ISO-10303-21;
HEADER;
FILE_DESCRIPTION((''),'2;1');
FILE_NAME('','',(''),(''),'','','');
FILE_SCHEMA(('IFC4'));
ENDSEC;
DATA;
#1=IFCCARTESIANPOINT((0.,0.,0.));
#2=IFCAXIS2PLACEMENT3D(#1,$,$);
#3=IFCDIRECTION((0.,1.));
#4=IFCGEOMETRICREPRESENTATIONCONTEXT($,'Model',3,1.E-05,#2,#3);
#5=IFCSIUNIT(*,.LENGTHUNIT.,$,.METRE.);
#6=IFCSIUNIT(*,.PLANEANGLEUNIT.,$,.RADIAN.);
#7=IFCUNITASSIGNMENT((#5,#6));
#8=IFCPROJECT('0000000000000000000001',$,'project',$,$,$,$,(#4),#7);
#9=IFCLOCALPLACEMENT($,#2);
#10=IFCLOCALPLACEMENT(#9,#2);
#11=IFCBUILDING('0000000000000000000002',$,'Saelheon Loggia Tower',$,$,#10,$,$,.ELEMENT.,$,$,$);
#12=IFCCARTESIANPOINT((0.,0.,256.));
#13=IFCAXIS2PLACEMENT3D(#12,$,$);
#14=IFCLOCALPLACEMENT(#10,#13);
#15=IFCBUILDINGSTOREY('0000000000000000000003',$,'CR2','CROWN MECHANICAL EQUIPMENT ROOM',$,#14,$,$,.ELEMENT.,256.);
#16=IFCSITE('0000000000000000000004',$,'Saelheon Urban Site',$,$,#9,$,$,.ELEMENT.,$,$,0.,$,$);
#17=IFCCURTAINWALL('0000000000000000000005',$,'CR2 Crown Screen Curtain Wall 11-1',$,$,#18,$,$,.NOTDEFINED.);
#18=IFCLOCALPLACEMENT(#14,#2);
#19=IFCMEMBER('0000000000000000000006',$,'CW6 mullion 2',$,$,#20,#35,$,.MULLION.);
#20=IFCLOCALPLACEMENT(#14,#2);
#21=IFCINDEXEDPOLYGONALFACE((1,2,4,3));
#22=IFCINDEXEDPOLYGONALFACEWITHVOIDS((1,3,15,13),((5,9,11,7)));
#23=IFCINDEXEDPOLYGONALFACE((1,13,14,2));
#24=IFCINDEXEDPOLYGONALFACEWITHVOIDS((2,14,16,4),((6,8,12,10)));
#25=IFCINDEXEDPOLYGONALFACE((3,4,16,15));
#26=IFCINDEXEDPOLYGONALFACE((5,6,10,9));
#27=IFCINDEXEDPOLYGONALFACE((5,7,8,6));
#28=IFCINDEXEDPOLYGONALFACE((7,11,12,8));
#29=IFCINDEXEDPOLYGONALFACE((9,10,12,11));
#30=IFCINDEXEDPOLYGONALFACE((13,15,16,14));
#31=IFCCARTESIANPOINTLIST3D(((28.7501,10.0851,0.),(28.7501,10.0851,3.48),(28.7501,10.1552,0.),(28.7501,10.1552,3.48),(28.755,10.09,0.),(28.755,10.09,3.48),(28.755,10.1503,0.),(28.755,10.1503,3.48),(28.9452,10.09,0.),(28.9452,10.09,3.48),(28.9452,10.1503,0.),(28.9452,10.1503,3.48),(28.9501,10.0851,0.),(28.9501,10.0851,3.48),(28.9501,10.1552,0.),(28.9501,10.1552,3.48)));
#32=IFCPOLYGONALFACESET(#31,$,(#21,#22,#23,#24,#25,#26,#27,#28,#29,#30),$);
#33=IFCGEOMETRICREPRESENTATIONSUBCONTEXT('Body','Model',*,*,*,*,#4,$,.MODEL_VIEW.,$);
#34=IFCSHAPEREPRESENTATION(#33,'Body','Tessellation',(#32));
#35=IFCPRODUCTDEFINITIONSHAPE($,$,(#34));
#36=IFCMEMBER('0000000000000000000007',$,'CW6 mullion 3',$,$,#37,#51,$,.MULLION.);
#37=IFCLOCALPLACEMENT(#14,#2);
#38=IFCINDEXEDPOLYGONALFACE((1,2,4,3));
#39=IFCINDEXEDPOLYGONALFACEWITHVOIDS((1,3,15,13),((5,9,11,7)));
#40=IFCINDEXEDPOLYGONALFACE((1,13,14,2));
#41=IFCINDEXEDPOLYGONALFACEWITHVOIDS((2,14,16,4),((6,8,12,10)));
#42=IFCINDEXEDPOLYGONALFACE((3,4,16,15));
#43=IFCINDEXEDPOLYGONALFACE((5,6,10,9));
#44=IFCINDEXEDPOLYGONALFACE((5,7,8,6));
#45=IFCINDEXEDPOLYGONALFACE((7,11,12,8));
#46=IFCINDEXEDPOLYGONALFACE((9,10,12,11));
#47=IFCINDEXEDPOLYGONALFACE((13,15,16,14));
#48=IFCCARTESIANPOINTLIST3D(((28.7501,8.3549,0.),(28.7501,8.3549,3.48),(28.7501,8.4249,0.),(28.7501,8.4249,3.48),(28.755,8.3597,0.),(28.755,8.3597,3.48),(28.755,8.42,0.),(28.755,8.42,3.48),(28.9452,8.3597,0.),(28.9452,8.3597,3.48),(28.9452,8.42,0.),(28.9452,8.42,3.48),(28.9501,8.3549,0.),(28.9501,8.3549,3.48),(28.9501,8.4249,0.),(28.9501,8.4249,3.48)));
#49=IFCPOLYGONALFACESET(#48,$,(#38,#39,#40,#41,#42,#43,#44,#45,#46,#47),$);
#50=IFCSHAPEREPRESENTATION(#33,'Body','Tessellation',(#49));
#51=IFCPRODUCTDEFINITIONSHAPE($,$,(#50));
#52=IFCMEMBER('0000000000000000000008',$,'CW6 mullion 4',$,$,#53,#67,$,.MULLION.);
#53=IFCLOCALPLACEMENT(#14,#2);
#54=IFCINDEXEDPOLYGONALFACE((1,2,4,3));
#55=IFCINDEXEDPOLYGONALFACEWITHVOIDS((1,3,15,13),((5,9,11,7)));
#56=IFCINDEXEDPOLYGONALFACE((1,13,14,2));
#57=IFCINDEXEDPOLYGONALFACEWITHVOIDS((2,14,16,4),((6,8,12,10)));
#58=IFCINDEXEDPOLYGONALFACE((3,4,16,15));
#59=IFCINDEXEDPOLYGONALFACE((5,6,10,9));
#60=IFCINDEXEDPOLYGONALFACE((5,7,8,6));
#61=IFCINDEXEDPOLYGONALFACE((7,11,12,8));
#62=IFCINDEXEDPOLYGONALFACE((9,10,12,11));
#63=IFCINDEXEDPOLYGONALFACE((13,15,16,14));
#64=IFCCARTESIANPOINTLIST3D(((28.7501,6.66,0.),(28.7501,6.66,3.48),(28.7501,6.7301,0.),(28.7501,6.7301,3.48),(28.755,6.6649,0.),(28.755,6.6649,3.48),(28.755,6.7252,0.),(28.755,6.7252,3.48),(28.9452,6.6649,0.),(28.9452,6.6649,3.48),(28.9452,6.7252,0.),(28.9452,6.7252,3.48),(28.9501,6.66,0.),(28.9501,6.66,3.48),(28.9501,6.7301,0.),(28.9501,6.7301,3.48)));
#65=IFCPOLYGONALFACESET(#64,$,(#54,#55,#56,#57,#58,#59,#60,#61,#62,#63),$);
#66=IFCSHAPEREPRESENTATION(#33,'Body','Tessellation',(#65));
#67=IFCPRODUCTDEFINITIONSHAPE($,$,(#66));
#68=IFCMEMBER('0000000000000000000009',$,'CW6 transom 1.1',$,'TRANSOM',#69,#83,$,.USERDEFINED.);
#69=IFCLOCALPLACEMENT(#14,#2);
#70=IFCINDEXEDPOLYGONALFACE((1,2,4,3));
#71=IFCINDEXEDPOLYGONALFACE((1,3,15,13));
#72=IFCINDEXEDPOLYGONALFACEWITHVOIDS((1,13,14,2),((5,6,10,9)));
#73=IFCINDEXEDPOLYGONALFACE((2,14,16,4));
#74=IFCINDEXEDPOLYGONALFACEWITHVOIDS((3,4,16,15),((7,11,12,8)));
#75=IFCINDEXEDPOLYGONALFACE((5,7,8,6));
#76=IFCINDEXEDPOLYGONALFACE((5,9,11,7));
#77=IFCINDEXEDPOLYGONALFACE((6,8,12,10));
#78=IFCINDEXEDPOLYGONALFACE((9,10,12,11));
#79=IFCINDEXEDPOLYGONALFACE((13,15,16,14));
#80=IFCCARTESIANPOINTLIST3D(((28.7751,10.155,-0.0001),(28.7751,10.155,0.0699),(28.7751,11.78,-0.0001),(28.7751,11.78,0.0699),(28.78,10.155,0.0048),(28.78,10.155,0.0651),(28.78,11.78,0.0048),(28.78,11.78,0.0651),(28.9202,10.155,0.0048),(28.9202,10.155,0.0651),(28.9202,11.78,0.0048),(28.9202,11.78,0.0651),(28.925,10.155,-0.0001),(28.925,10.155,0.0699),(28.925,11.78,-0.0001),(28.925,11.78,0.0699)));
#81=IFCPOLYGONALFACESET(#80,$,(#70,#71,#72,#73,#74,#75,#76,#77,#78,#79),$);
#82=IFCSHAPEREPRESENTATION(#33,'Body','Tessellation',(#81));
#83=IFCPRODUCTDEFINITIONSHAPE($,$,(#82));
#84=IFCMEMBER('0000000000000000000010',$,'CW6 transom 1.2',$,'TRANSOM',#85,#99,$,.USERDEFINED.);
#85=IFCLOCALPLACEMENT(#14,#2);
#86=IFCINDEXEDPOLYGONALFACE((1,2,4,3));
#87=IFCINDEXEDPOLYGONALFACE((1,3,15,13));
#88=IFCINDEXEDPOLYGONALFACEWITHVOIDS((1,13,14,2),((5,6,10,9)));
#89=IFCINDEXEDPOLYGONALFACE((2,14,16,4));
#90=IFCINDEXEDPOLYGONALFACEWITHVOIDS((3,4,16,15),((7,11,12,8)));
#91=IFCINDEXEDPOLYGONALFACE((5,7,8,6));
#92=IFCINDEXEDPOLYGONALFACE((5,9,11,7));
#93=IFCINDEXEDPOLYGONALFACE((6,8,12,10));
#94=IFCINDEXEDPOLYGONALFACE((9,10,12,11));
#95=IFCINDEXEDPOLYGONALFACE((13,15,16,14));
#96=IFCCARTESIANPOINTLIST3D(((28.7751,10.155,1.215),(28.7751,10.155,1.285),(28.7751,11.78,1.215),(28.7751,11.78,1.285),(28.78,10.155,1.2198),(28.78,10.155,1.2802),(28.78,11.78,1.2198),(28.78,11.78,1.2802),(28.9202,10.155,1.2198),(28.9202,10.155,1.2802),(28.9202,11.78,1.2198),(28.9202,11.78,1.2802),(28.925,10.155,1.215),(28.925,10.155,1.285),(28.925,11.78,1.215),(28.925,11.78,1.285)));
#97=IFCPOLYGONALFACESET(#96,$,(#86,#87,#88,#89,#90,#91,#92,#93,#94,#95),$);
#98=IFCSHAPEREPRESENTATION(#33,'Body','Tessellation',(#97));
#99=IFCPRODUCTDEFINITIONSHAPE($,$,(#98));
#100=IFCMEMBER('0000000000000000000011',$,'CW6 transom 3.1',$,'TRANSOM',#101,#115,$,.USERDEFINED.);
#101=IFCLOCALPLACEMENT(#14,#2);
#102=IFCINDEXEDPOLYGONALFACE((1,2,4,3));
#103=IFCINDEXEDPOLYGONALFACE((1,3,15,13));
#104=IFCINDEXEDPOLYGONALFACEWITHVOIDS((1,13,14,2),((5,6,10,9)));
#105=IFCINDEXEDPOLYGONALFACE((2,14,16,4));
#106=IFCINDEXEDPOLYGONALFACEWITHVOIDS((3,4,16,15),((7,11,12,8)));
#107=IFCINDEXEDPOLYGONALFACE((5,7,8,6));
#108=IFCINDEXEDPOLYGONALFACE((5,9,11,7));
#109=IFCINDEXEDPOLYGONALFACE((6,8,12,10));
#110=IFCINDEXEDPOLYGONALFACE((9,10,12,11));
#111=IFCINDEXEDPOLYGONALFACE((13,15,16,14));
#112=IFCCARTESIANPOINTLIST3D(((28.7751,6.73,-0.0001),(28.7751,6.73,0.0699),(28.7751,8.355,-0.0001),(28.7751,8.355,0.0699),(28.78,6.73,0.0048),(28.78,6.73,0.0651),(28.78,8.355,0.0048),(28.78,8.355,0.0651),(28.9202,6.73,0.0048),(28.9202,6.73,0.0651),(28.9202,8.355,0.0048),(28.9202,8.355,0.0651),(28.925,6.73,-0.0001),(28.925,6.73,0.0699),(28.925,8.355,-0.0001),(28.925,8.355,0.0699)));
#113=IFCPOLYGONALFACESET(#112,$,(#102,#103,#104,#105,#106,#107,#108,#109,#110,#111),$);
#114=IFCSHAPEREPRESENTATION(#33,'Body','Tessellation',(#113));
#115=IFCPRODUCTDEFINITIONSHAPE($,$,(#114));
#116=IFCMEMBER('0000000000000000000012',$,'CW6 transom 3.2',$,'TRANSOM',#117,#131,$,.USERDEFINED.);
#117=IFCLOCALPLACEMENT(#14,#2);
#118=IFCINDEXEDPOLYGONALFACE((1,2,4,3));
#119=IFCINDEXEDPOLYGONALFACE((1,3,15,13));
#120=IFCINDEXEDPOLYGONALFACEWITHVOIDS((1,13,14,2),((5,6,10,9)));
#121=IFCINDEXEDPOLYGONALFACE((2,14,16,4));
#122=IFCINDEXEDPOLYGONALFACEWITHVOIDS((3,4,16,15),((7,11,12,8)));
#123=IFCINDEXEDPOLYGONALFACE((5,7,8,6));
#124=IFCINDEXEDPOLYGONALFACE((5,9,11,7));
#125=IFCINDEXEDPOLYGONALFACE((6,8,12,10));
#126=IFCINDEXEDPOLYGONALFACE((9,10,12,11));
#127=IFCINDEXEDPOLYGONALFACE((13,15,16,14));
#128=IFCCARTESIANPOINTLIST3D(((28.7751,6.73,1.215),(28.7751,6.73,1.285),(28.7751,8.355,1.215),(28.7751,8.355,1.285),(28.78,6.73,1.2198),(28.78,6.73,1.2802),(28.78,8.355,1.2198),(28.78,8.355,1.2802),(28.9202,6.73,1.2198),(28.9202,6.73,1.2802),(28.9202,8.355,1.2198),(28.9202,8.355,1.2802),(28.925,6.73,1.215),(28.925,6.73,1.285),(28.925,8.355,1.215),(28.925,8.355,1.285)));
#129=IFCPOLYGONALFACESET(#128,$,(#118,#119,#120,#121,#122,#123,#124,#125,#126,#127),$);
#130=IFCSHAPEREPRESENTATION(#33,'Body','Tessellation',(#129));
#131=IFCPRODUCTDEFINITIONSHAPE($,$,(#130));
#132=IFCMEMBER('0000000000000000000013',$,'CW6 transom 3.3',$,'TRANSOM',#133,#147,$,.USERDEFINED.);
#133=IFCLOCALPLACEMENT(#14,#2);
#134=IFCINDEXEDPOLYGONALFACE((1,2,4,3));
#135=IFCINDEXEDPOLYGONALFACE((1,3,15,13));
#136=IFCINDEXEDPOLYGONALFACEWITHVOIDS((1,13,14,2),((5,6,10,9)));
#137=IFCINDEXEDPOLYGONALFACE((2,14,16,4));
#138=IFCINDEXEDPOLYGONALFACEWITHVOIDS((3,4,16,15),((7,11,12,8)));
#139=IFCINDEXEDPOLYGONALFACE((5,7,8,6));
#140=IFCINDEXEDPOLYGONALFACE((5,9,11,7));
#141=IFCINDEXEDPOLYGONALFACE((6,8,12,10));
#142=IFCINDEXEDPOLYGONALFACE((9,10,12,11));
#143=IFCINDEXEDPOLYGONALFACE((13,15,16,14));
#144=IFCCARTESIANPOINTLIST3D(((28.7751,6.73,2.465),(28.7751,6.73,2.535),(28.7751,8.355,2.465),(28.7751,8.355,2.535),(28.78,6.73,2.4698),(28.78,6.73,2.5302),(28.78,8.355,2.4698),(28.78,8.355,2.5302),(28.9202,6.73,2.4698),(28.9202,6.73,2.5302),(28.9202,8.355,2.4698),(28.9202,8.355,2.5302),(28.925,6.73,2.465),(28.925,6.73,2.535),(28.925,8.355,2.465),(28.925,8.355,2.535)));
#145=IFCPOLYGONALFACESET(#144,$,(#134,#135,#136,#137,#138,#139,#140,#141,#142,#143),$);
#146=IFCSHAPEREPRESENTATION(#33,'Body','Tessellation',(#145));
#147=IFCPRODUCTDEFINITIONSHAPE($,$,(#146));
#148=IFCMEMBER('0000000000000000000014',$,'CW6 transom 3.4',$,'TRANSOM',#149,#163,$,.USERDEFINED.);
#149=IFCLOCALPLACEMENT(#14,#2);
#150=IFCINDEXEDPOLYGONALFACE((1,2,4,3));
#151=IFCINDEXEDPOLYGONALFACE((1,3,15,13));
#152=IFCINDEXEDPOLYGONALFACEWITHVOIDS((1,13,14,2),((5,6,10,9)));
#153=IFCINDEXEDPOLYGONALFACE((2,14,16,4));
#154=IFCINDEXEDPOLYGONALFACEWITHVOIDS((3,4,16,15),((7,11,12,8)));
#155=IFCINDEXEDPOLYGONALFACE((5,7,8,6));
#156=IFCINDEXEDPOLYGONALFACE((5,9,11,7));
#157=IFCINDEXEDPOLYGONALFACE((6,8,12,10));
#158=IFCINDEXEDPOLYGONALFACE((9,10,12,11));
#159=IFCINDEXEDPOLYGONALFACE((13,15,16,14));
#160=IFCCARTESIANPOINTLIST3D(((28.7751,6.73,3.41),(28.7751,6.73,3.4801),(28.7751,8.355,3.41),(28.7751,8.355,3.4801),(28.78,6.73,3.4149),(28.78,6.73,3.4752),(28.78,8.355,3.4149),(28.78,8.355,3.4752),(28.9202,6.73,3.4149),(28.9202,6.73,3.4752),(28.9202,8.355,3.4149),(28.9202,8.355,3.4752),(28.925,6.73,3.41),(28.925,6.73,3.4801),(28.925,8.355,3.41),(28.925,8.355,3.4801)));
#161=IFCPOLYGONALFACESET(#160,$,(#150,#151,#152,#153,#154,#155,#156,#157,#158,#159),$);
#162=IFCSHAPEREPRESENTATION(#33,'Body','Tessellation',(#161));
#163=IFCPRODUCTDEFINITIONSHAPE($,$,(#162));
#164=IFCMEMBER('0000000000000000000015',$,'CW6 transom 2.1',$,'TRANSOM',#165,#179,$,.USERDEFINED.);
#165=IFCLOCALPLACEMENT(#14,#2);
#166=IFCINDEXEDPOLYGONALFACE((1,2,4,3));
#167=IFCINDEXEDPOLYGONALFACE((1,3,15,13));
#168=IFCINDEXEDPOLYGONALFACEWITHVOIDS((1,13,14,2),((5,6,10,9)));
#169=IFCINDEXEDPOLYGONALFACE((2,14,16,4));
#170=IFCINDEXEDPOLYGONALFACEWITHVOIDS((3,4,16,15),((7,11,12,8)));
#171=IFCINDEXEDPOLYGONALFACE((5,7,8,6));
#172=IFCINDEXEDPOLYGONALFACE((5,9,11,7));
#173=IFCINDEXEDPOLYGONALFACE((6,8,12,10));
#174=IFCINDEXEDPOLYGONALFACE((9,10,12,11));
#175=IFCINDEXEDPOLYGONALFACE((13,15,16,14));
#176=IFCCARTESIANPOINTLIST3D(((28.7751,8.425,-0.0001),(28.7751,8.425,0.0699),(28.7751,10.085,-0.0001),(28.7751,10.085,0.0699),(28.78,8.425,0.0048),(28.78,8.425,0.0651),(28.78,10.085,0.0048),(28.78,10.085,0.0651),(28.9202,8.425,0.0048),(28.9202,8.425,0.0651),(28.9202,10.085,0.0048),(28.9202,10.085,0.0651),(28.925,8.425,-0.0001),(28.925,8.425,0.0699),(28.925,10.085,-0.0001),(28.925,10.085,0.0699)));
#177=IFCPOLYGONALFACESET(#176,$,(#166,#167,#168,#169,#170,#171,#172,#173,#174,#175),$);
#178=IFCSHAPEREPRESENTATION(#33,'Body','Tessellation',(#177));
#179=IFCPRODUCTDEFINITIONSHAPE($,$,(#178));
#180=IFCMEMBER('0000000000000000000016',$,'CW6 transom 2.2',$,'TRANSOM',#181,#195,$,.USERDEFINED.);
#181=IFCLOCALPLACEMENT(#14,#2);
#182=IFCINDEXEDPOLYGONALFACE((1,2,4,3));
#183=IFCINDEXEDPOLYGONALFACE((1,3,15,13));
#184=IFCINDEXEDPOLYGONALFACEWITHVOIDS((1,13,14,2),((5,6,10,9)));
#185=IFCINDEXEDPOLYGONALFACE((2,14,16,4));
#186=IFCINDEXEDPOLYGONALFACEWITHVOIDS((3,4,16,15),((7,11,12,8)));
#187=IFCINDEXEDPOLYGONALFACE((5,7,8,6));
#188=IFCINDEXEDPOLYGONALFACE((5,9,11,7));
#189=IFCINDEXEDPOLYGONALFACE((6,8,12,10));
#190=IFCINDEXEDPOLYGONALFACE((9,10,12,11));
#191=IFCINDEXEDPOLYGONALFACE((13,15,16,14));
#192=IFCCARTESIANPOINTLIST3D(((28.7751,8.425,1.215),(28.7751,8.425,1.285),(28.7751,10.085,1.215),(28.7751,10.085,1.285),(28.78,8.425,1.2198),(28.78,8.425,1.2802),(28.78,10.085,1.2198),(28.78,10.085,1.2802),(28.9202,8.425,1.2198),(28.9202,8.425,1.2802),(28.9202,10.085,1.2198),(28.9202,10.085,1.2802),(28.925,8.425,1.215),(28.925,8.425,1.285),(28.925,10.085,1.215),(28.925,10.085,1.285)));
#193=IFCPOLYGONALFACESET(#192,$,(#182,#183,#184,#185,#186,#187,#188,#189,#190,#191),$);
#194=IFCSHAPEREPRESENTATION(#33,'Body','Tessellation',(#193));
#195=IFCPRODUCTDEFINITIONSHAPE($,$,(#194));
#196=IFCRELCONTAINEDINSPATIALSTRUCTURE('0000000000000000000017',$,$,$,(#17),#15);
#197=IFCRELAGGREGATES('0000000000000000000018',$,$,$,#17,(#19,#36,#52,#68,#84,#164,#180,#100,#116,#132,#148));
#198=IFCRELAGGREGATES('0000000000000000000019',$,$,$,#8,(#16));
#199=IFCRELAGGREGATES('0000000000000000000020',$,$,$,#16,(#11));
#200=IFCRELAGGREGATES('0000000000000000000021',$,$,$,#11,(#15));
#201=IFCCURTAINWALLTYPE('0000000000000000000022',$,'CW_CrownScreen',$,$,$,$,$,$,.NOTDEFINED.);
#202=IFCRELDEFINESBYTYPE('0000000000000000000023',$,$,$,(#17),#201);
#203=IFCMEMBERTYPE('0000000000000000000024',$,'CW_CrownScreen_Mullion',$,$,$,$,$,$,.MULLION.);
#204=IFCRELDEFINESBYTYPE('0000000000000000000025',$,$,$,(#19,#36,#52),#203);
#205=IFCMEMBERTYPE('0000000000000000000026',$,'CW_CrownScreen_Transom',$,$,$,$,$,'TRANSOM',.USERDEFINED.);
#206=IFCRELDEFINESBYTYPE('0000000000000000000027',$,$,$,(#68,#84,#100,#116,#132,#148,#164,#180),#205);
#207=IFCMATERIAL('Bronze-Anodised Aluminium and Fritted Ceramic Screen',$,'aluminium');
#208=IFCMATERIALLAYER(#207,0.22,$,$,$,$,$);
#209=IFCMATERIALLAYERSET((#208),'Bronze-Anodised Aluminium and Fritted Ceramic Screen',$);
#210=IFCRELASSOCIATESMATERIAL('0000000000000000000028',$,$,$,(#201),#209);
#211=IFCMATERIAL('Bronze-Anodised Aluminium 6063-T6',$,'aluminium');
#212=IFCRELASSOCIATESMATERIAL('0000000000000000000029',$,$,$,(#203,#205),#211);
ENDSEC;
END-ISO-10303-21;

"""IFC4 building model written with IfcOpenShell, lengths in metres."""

from ifc_helpers import new_model, si_unit, direction, frame, origin, origin_2d, place, context, subcontext, project, spatial, hollow_rectangle, extrude, source, transform, mapped, material, layer, layer_set, material_profile, profile_set, type_object, element, aggregate, save


model = new_model("IFC4")

# Units and contexts
model_context = context("Model", 3, precision=1e-05, world=origin(), true_north=direction((0.0, 1.0)))
body_context = subcontext(model_context, "Body", "Model", "MODEL_VIEW")
ifc_project = project(units=[si_unit("LENGTHUNIT", "METRE"), si_unit("PLANEANGLEUNIT", "RADIAN")], contexts=[model_context])

# Site, building, storey
site_placement = place(None, origin())
site = spatial("IfcSite", under=ifc_project, at=site_placement, Name="Saelheon Urban Site", CompositionType="ELEMENT", RefElevation=0.0)
building_placement = place(site_placement, origin())
building = spatial("IfcBuilding", under=site, at=building_placement, Name="Saelheon Loggia Tower", CompositionType="ELEMENT")
storey_placement = place(building_placement, frame((0.0, 0.0, 256.0)))
storey = spatial("IfcBuildingStorey", under=building, at=storey_placement, Name="CR2", Description="CROWN MECHANICAL EQUIPMENT ROOM", CompositionType="ELEMENT", Elevation=256.0)

# Curtain wall, members
ifc_material_1 = material(Name="Bronze-Anodised Aluminium and Fritted Ceramic Screen", Category="aluminium")
ifc_layer_1 = layer(ifc_material_1, 0.22)
ifc_layer_set_1 = layer_set([ifc_layer_1], Name="Bronze-Anodised Aluminium and Fritted Ceramic Screen")
curtain_wall_type = type_object("IfcCurtainWallType", Name="CW_CrownScreen", PredefinedType="NOTDEFINED", material=ifc_layer_set_1)
curtain_wall_1_placement = place(storey_placement, origin())
curtain_wall_1 = element("IfcCurtainWall", 1, at=curtain_wall_1_placement, inside=storey, type_object=curtain_wall_type, Name="CR2 Crown Screen Curtain Wall 11-1", PredefinedType="NOTDEFINED")
ifc_material_2 = material(Name="Bronze-Anodised Aluminium 6063-T6", Category="aluminium")
ifc_material_profile_1 = material_profile(ifc_material_2, hollow_rectangle(XDim=0.0701, YDim=0.2, WallThickness=0.0049, at=origin_2d()), Name="RHS-200x70x5")
ifc_profile_set_1 = profile_set([ifc_material_profile_1], Name="Bronze-Anodised Aluminium 6063-T6")
member_type_1 = type_object("IfcMemberType", Name="CW_CrownScreen_Mullion", PredefinedType="MULLION", material=ifc_profile_set_1)
shared_shape_1 = source(origin(), body_context, "Body", "SweptSolid", [
    extrude(hollow_rectangle(XDim=0.0701, YDim=0.2, WallThickness=0.0049, at=origin_2d()), origin(), (0.0, 0.0, 1.0), 3.48),
])
member_1_placement = place(storey_placement, frame((28.8501, 10.1201, 0.0), z_axis=(0.0, 0.0, 1.0), x_axis=(0.0, -1.0, 0.0)))
member_1 = element("IfcMember", 2, at=member_1_placement, type_object=member_type_1, Name="CW6 mullion 2", PredefinedType="MULLION", context=body_context, shape_type="MappedRepresentation", body=[
    mapped(shared_shape_1, transform((0.0, 0.0, 0.0), scale=1.0)),
])
member_2_placement = place(storey_placement, frame((28.8501, 8.3899, 0.0), z_axis=(0.0, 0.0, 1.0), x_axis=(0.0, -1.0, 0.0)))
member_2 = element("IfcMember", 3, at=member_2_placement, type_object=member_type_1, Name="CW6 mullion 3", PredefinedType="MULLION", context=body_context, shape_type="MappedRepresentation", body=[
    mapped(shared_shape_1, transform((0.0, 0.0, 0.0), scale=1.0)),
])
member_3_placement = place(storey_placement, frame((28.8501, 6.6951, 0.0), z_axis=(0.0, 0.0, 1.0), x_axis=(0.0, -1.0, 0.0)))
member_3 = element("IfcMember", 4, at=member_3_placement, type_object=member_type_1, Name="CW6 mullion 4", PredefinedType="MULLION", context=body_context, shape_type="MappedRepresentation", body=[
    mapped(shared_shape_1, transform((0.0, 0.0, 0.0), scale=1.0)),
])
ifc_material_profile_2 = material_profile(ifc_material_2, hollow_rectangle(XDim=0.0701, YDim=0.1499, WallThickness=0.0049, at=origin_2d()), Name="RHS-150x70x5")
ifc_profile_set_2 = profile_set([ifc_material_profile_2], Name="Bronze-Anodised Aluminium 6063-T6")
member_type_2 = type_object("IfcMemberType", Name="CW_CrownScreen_Transom", ElementType="TRANSOM", PredefinedType="USERDEFINED", material=ifc_profile_set_2)
shared_shape_2 = source(origin(), body_context, "Body", "SweptSolid", [
    extrude(hollow_rectangle(XDim=0.0701, YDim=0.1499, WallThickness=0.0049, at=origin_2d()), origin(), (0.0, 0.0, 1.0), 1.625),
])
member_4_placement = place(storey_placement, frame((28.8501, 11.78, 0.0349), z_axis=(0.0, -1.0, 0.0), x_axis=(0.0, 0.0, 1.0)))
member_4 = element("IfcMember", 5, at=member_4_placement, type_object=member_type_2, Name="CW6 transom 1.1", ObjectType="TRANSOM", PredefinedType="USERDEFINED", context=body_context, shape_type="MappedRepresentation", body=[
    mapped(shared_shape_2, transform((0.0, 0.0, 0.0), scale=1.0)),
])
member_5_placement = place(storey_placement, frame((28.8501, 11.78, 1.25), z_axis=(0.0, -1.0, 0.0), x_axis=(0.0, 0.0, 1.0)))
member_5 = element("IfcMember", 6, at=member_5_placement, type_object=member_type_2, Name="CW6 transom 1.2", ObjectType="TRANSOM", PredefinedType="USERDEFINED", context=body_context, shape_type="MappedRepresentation", body=[
    mapped(shared_shape_2, transform((0.0, 0.0, 0.0), scale=1.0)),
])
member_6_placement = place(storey_placement, frame((28.8501, 8.355, 0.0349), z_axis=(0.0, -1.0, 0.0), x_axis=(0.0, 0.0, 1.0)))
member_6 = element("IfcMember", 7, at=member_6_placement, type_object=member_type_2, Name="CW6 transom 3.1", ObjectType="TRANSOM", PredefinedType="USERDEFINED", context=body_context, shape_type="MappedRepresentation", body=[
    mapped(shared_shape_2, transform((0.0, 0.0, 0.0), scale=1.0)),
])
member_7_placement = place(storey_placement, frame((28.8501, 8.355, 1.25), z_axis=(0.0, -1.0, 0.0), x_axis=(0.0, 0.0, 1.0)))
member_7 = element("IfcMember", 8, at=member_7_placement, type_object=member_type_2, Name="CW6 transom 3.2", ObjectType="TRANSOM", PredefinedType="USERDEFINED", context=body_context, shape_type="MappedRepresentation", body=[
    mapped(shared_shape_2, transform((0.0, 0.0, 0.0), scale=1.0)),
])
member_8_placement = place(storey_placement, frame((28.8501, 8.355, 2.5), z_axis=(0.0, -1.0, 0.0), x_axis=(0.0, 0.0, 1.0)))
member_8 = element("IfcMember", 9, at=member_8_placement, type_object=member_type_2, Name="CW6 transom 3.3", ObjectType="TRANSOM", PredefinedType="USERDEFINED", context=body_context, shape_type="MappedRepresentation", body=[
    mapped(shared_shape_2, transform((0.0, 0.0, 0.0), scale=1.0)),
])
member_9_placement = place(storey_placement, frame((28.8501, 8.355, 3.4451), z_axis=(0.0, -1.0, 0.0), x_axis=(0.0, 0.0, 1.0)))
member_9 = element("IfcMember", 10, at=member_9_placement, type_object=member_type_2, Name="CW6 transom 3.4", ObjectType="TRANSOM", PredefinedType="USERDEFINED", context=body_context, shape_type="MappedRepresentation", body=[
    mapped(shared_shape_2, transform((0.0, 0.0, 0.0), scale=1.0)),
])
shared_shape_3 = source(origin(), body_context, "Body", "SweptSolid", [
    extrude(hollow_rectangle(XDim=0.0701, YDim=0.1499, WallThickness=0.0049, at=origin_2d()), origin(), (0.0, 0.0, 1.0), 1.6599),
])
member_10_placement = place(storey_placement, frame((28.8501, 10.085, 0.0349), z_axis=(0.0, -1.0, 0.0), x_axis=(0.0, 0.0, 1.0)))
member_10 = element("IfcMember", 11, at=member_10_placement, type_object=member_type_2, Name="CW6 transom 2.1", ObjectType="TRANSOM", PredefinedType="USERDEFINED", context=body_context, shape_type="MappedRepresentation", body=[
    mapped(shared_shape_3, transform((0.0, 0.0, 0.0), scale=1.0)),
])
member_11_placement = place(storey_placement, frame((28.8501, 10.085, 1.25), z_axis=(0.0, -1.0, 0.0), x_axis=(0.0, 0.0, 1.0)))
member_11 = element("IfcMember", 12, at=member_11_placement, type_object=member_type_2, Name="CW6 transom 2.2", ObjectType="TRANSOM", PredefinedType="USERDEFINED", context=body_context, shape_type="MappedRepresentation", body=[
    mapped(shared_shape_3, transform((0.0, 0.0, 0.0), scale=1.0)),
])

aggregate(curtain_wall_1, [member_1, member_2, member_3, member_4, member_5, member_10, member_11, member_6, member_7, member_8, member_9])

save(model, "model.ifc")
